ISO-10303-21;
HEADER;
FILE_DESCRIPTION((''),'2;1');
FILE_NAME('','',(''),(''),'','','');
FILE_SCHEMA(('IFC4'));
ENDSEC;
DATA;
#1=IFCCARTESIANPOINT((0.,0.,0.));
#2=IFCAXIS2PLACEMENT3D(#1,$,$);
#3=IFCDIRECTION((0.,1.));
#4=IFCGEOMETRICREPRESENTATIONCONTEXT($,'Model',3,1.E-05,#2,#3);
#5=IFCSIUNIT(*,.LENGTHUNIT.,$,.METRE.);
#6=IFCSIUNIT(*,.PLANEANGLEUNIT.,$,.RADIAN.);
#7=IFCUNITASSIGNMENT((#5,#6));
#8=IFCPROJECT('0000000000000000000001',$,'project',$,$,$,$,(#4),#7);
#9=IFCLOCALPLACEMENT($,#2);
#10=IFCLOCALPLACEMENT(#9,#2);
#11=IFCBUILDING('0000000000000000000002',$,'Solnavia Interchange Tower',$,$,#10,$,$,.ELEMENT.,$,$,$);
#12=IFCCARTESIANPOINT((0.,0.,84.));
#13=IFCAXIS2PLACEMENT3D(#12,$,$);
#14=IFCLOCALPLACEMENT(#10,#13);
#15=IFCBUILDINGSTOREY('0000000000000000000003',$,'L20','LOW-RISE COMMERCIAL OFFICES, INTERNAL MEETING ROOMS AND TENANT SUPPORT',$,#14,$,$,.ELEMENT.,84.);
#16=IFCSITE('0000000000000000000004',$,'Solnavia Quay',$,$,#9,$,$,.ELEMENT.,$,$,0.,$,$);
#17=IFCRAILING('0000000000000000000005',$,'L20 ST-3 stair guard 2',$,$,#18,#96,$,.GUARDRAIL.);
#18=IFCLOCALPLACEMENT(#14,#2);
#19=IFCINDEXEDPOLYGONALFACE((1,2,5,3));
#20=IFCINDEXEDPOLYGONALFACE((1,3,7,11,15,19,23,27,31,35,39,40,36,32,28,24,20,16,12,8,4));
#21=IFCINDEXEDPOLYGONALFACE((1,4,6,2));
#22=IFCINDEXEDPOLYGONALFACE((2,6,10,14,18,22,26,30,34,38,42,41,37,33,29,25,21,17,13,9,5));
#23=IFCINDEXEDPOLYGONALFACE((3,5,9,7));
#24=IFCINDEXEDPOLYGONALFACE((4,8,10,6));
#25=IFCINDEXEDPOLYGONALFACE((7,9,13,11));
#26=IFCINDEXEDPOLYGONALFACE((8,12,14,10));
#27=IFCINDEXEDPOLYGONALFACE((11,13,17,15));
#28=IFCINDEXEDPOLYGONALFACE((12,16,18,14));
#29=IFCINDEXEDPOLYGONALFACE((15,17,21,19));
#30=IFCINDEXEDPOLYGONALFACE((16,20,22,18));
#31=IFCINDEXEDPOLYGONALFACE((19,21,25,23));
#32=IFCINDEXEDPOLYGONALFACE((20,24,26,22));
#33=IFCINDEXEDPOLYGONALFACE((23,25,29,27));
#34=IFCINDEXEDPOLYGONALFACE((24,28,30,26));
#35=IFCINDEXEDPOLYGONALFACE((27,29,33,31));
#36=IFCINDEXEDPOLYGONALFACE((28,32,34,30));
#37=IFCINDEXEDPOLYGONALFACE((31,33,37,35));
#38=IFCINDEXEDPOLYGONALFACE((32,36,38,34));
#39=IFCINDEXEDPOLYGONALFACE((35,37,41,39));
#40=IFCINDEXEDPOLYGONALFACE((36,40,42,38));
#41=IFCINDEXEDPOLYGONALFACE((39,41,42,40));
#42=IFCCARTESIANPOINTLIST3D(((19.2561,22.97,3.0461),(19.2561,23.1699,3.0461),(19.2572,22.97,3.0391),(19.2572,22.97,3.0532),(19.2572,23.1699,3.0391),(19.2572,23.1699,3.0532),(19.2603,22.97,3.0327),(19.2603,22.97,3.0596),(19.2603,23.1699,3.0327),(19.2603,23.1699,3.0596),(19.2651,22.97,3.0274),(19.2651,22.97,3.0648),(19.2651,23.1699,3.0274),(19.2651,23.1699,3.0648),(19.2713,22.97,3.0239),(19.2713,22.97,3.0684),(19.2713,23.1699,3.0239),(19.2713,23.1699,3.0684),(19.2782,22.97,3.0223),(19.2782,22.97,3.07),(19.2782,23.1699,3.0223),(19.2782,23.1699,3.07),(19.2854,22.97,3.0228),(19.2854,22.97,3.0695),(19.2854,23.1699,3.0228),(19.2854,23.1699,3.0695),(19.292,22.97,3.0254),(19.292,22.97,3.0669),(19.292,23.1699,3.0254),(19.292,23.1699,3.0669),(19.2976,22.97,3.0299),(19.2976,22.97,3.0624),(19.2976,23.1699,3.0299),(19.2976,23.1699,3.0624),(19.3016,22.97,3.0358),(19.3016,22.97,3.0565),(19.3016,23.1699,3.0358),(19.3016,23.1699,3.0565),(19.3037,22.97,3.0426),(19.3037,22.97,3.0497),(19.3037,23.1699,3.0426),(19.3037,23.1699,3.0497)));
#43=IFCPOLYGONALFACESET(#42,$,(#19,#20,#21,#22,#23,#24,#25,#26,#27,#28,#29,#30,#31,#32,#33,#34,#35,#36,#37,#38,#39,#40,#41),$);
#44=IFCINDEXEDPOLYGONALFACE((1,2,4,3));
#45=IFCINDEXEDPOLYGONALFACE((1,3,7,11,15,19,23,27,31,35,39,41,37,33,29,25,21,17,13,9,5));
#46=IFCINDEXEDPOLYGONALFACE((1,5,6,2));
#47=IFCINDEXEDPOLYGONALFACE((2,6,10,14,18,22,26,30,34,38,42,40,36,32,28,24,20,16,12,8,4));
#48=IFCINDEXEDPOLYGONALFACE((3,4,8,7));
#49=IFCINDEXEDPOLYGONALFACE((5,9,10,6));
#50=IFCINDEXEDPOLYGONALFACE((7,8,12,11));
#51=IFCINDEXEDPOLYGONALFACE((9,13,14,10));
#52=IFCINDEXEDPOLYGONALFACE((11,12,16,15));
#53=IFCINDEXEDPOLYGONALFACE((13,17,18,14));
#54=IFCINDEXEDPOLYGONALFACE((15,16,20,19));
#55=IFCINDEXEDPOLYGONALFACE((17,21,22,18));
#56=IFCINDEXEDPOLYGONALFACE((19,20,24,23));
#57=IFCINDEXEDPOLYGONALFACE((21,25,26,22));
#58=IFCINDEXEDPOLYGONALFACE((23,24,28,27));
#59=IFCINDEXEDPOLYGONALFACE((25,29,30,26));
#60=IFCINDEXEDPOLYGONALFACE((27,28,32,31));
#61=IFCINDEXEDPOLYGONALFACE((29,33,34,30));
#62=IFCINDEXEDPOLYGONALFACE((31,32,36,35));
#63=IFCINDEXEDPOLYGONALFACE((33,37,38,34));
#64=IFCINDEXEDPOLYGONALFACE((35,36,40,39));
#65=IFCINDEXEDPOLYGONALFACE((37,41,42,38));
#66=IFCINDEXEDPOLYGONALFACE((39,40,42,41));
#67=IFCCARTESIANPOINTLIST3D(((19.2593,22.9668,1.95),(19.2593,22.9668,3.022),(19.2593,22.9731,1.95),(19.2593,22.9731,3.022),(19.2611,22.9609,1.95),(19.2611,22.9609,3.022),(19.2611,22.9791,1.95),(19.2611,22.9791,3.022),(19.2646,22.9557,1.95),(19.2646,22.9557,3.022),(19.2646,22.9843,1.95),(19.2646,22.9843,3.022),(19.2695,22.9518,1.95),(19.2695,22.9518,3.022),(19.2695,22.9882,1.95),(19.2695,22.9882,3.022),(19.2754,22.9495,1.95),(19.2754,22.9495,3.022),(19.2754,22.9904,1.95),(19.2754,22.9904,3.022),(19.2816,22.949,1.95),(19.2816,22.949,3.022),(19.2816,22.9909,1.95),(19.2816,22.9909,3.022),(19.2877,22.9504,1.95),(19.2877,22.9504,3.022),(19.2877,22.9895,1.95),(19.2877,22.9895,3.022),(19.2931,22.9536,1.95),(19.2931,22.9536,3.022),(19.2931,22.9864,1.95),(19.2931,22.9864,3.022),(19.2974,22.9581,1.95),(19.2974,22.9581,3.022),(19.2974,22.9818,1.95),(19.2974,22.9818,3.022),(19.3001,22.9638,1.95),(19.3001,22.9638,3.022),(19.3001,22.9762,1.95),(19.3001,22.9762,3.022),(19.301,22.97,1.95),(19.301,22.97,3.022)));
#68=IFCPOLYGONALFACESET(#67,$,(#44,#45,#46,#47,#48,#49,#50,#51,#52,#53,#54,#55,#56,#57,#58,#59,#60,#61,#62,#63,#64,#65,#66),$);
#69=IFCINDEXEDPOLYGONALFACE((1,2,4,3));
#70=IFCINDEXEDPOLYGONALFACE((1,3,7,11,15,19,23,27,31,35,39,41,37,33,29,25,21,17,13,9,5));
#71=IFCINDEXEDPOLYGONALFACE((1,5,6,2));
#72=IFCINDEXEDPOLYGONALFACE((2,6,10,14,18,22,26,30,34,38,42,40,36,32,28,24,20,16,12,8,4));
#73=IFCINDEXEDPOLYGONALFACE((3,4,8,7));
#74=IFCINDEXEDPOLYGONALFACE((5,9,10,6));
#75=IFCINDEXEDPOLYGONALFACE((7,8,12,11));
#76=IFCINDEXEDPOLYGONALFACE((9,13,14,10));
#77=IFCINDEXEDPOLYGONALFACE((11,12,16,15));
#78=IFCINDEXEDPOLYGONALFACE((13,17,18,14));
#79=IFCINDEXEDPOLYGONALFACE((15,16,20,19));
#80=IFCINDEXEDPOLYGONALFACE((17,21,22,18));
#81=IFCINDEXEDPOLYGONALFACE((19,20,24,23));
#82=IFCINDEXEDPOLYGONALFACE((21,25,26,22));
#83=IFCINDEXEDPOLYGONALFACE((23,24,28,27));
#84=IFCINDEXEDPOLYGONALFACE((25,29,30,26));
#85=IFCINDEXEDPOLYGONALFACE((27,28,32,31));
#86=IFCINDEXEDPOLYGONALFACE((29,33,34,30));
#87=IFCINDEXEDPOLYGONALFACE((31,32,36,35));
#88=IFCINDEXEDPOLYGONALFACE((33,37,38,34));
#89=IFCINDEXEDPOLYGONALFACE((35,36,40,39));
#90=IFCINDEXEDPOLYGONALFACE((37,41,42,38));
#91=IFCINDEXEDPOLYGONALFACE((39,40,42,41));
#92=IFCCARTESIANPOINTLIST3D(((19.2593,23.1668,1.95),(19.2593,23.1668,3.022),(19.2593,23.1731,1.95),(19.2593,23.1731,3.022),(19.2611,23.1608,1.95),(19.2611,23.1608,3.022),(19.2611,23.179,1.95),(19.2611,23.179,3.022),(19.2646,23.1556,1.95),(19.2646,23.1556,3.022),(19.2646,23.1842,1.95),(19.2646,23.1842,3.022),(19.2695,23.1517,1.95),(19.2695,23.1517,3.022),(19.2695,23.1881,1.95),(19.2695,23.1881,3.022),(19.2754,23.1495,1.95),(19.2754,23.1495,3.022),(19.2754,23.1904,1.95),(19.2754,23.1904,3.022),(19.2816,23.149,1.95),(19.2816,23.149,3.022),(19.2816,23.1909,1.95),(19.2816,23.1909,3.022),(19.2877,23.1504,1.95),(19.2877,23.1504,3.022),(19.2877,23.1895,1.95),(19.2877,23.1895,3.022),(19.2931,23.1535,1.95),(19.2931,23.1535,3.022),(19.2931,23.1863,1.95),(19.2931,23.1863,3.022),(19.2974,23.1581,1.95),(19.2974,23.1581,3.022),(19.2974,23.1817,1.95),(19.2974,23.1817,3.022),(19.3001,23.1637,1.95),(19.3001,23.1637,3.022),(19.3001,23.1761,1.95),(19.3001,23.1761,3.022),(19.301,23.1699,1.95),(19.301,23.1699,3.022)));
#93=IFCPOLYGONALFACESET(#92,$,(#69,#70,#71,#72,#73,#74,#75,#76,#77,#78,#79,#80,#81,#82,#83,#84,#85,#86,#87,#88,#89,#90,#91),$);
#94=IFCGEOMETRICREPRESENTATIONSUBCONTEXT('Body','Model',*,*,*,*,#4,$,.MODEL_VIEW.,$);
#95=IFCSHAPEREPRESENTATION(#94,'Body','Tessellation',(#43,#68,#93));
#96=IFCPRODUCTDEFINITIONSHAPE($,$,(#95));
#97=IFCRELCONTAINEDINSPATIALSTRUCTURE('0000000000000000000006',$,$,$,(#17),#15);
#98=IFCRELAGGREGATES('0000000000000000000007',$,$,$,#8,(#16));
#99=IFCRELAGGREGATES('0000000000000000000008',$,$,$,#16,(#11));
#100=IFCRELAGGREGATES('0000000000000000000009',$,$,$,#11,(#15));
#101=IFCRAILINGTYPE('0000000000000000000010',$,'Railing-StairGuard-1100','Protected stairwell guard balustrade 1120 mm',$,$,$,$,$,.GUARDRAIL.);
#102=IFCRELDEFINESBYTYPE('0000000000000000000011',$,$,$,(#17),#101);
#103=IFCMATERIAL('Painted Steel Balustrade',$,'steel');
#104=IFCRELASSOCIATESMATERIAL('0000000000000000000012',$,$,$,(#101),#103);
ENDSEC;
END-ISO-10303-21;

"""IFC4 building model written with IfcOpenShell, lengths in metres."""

from ifc_helpers import new_model, si_unit, direction, frame, origin, origin_2d, place, context, subcontext, project, spatial, circle, extrude, material, type_object, element, save


model = new_model("IFC4")

# Units and contexts
model_context = context("Model", 3, precision=1e-05, world=origin(), true_north=direction((0.0, 1.0)))
body_context = subcontext(model_context, "Body", "Model", "MODEL_VIEW")
ifc_project = project(units=[si_unit("LENGTHUNIT", "METRE"), si_unit("PLANEANGLEUNIT", "RADIAN")], contexts=[model_context])

# Site, building, storey
site_placement = place(None, origin())
site = spatial("IfcSite", under=ifc_project, at=site_placement, Name="Solnavia Quay", CompositionType="ELEMENT", RefElevation=0.0)
building_placement = place(site_placement, origin())
building = spatial("IfcBuilding", under=site, at=building_placement, Name="Solnavia Interchange Tower", CompositionType="ELEMENT")
storey_placement = place(building_placement, frame((0.0, 0.0, 84.0)))
storey = spatial("IfcBuildingStorey", under=building, at=storey_placement, Name="L20", Description="LOW-RISE COMMERCIAL OFFICES, INTERNAL MEETING ROOMS AND TENANT SUPPORT", CompositionType="ELEMENT", Elevation=84.0)

# Railing
ifc_material_1 = material(Name="Painted Steel Balustrade", Category="steel")
railing_type_1 = type_object("IfcRailingType", Name="Railing-StairGuard-1100", Description="Protected stairwell guard balustrade 1120 mm", PredefinedType="GUARDRAIL", material=ifc_material_1)
railing_1_placement = place(storey_placement, frame((19.28, 22.97, 1.95)))
element("IfcRailing", 1, at=railing_1_placement, inside=storey, type_object=railing_type_1, Name="L20 ST-3 stair guard 2", PredefinedType="GUARDRAIL", context=body_context, shape_type="SweptSolid", body=[
    extrude(circle(Radius=0.0239, at=origin_2d()), frame((0.0, 0.0, 1.0962), z_axis=(0.0, 1.0, 0.0), x_axis=(-1.0, 0.0, 0.0)), (0.0, 0.0, 1.0), 0.2),
    extrude(circle(Radius=0.021, at=origin_2d()), origin(), (0.0, 0.0, 1.0), 1.072),
    extrude(circle(Radius=0.021, at=origin_2d()), frame((0.0, 0.2, 0.0)), (0.0, 0.0, 1.0), 1.072),
])

save(model, "model.ifc")
